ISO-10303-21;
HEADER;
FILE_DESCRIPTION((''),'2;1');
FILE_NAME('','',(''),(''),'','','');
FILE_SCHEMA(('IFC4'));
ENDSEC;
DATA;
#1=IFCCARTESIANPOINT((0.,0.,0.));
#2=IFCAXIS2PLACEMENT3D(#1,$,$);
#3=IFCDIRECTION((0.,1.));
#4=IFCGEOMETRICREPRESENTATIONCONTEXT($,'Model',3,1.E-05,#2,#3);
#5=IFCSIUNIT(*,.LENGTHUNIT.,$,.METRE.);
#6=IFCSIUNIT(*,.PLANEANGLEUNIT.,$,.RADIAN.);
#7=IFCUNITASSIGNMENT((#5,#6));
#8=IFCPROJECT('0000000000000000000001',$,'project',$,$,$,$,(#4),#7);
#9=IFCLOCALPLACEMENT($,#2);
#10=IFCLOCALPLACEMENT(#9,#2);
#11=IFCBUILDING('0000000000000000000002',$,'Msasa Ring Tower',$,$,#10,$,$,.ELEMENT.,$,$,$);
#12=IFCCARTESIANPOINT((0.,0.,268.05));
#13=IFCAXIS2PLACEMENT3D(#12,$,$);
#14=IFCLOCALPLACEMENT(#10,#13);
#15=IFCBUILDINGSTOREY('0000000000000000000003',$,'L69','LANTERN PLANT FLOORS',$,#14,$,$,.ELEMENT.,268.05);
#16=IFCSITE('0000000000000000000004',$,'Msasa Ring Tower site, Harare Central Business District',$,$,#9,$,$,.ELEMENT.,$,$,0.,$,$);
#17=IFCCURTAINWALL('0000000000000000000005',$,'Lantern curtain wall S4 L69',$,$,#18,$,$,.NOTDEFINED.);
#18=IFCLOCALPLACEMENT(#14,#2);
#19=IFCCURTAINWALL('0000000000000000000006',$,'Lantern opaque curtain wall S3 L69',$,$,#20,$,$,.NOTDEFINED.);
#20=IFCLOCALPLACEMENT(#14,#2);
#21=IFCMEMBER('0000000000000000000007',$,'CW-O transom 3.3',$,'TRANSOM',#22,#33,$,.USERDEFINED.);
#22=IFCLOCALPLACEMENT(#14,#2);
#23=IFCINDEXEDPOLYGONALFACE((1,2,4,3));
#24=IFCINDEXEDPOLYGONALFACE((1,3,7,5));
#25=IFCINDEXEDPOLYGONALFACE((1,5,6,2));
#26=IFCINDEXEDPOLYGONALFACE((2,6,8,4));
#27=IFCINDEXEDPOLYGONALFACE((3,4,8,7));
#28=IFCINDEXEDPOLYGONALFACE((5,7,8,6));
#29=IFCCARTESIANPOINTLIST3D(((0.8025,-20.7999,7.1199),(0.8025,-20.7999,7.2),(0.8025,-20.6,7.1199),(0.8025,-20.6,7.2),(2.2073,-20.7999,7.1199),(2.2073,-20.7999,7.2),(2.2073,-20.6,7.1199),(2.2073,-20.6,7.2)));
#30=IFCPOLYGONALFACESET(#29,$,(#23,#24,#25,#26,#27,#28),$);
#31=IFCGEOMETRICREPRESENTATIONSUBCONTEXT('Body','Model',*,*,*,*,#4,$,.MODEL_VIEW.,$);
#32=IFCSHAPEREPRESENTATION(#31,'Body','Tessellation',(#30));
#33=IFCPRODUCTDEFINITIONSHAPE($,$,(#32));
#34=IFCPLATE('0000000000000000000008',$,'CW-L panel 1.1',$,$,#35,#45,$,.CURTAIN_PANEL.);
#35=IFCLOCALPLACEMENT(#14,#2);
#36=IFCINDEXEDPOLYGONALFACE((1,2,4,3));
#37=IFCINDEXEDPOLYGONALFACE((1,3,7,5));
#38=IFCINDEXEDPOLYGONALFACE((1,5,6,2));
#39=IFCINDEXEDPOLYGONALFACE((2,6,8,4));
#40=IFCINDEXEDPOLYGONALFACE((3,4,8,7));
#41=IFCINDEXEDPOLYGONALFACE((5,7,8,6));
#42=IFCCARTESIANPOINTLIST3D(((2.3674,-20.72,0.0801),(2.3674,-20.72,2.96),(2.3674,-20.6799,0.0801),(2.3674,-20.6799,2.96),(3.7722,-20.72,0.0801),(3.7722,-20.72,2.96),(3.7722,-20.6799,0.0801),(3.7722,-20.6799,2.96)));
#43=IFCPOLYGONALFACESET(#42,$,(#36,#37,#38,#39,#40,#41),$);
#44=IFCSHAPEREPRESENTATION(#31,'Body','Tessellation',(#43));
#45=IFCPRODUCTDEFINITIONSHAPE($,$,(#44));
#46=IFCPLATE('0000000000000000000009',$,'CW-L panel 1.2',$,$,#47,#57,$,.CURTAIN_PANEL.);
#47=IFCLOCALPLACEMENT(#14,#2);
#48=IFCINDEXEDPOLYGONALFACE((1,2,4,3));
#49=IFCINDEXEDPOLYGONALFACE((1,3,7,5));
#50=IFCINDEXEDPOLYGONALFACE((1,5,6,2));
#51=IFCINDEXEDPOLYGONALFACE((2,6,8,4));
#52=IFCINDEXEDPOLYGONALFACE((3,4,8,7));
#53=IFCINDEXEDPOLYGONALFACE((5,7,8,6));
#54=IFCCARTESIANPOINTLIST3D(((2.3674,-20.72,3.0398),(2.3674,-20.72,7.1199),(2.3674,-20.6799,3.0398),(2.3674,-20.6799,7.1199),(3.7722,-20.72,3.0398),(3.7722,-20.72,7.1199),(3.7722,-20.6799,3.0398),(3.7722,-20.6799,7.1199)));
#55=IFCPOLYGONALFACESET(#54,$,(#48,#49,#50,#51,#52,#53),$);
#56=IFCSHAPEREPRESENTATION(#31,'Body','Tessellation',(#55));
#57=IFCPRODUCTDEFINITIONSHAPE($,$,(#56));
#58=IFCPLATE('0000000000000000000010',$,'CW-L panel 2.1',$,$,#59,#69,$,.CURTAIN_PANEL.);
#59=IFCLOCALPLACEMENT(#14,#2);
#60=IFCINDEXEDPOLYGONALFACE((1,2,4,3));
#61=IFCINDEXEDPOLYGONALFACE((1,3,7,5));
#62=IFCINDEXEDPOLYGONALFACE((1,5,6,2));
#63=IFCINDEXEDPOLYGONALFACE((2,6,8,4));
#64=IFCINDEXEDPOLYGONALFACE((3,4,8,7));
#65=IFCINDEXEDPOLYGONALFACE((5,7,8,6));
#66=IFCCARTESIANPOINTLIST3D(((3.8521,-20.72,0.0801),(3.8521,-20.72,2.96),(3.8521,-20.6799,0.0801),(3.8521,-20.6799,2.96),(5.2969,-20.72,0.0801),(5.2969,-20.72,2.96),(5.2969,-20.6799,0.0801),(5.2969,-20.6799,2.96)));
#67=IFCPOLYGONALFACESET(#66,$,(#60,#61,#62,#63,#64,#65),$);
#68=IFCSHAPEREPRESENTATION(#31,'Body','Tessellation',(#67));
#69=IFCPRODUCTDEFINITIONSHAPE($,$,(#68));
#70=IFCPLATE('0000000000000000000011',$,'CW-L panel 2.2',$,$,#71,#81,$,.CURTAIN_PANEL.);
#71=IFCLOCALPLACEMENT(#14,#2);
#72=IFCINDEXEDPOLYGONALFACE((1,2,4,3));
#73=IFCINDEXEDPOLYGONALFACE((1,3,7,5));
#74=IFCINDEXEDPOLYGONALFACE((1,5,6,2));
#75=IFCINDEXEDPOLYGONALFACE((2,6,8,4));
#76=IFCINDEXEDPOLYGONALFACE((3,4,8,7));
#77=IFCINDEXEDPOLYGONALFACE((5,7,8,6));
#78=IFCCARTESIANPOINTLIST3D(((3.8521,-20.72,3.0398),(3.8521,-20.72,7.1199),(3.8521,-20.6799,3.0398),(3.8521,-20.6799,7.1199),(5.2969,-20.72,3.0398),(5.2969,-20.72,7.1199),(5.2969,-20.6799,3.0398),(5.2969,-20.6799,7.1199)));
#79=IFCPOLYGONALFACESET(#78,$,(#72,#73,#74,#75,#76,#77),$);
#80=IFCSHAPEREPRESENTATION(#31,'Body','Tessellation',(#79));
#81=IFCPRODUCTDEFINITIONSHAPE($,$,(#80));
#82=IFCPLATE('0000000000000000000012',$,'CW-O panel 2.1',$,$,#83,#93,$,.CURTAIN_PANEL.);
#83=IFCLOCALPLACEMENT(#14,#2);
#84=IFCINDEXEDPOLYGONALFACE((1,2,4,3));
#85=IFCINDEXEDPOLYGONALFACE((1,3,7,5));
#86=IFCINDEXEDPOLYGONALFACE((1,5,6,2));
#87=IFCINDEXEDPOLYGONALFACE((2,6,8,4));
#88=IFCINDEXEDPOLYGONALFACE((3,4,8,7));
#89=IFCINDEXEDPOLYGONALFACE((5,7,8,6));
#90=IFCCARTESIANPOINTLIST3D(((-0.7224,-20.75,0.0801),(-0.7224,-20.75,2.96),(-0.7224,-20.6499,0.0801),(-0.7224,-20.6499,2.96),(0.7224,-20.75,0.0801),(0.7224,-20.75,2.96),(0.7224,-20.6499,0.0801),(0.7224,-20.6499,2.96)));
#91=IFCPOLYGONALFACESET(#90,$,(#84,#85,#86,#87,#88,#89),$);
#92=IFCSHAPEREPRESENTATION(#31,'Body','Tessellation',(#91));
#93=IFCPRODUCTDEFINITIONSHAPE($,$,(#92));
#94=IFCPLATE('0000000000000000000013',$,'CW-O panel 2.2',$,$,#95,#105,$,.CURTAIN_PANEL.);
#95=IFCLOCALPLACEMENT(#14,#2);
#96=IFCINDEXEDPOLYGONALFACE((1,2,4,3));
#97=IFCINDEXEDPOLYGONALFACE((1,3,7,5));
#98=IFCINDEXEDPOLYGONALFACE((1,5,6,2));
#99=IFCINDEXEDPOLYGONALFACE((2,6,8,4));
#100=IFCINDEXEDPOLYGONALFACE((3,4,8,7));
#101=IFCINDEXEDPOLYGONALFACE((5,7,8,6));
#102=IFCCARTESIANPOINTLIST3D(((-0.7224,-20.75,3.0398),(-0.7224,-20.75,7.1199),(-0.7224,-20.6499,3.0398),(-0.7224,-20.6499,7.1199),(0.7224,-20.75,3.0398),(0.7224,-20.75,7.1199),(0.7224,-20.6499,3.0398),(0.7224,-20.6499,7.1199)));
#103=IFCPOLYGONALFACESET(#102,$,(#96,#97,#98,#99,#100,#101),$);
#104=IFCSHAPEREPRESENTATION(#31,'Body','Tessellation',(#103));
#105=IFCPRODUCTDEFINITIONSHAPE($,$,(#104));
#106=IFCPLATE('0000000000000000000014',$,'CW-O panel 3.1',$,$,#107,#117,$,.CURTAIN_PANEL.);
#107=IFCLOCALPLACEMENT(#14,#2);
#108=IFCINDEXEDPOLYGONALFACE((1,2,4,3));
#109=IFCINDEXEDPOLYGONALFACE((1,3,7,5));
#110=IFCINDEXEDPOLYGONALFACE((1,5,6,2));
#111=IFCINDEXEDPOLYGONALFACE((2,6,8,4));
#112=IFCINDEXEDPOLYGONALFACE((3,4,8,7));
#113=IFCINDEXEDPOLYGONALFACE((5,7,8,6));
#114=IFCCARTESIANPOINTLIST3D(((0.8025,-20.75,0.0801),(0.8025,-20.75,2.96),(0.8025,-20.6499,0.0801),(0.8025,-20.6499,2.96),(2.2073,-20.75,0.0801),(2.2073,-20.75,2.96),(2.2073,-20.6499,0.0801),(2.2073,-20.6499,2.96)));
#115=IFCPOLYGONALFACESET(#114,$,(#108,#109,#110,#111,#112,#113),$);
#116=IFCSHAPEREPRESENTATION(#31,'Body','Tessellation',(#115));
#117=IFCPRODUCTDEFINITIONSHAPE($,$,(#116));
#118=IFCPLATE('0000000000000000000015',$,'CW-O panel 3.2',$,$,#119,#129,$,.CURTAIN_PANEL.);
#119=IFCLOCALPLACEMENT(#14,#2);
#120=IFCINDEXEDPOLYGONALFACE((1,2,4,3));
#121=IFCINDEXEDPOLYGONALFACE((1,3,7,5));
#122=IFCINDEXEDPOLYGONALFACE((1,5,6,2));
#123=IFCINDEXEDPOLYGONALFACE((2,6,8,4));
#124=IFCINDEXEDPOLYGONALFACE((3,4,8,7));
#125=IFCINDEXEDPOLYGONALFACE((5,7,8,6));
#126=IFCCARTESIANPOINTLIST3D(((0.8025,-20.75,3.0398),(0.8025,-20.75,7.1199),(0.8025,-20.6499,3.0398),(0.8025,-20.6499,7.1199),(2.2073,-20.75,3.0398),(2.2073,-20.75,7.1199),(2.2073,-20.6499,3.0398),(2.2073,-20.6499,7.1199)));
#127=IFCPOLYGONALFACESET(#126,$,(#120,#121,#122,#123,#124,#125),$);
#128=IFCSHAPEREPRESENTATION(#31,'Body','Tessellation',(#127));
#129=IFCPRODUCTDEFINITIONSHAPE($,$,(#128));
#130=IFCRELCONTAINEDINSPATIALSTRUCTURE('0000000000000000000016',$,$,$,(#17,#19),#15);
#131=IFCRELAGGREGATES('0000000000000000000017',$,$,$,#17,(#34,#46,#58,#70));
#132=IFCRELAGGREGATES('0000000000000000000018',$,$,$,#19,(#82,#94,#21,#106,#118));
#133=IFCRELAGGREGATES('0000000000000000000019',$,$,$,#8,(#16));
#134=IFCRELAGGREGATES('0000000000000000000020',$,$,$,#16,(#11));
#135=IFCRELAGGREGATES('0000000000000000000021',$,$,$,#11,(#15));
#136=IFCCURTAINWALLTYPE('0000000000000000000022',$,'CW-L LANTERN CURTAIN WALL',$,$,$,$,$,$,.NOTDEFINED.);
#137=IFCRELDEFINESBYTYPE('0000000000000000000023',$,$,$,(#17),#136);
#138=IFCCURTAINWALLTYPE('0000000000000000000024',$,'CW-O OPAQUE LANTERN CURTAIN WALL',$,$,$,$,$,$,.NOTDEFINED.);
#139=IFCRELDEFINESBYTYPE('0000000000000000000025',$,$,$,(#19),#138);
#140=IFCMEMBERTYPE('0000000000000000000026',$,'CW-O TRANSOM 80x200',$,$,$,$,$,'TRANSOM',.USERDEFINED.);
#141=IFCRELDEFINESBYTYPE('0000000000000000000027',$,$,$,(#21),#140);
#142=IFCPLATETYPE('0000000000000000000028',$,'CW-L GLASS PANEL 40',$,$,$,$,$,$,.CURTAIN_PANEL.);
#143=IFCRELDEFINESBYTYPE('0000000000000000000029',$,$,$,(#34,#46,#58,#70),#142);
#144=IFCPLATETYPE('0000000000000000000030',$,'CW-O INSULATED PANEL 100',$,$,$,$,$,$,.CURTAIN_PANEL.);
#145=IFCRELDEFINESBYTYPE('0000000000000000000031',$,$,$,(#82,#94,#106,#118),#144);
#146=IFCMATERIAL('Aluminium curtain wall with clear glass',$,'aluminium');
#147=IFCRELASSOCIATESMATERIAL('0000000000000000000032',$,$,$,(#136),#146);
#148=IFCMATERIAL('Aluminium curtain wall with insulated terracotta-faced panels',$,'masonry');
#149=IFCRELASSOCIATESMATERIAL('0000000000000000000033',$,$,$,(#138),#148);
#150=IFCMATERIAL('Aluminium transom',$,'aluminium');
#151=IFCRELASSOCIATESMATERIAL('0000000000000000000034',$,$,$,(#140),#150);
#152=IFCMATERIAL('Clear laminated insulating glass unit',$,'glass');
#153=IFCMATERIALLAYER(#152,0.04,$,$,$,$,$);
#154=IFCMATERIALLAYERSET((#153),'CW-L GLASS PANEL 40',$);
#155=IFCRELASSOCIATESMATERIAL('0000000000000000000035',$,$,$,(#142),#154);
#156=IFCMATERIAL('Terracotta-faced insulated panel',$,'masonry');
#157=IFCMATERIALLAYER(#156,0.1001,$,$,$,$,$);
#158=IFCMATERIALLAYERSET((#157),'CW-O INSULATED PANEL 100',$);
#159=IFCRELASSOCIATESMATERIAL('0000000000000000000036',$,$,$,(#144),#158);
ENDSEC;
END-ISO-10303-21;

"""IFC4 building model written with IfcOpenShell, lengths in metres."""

from ifc_helpers import new_model, si_unit, direction, frame, origin, origin_2d, place, context, subcontext, project, spatial, rectangle, extrude, material, layer, layer_set, material_profile, profile_set, type_object, element, aggregate, save


model = new_model("IFC4")

# Units and contexts
model_context = context("Model", 3, precision=1e-05, world=origin(), true_north=direction((0.0, 1.0)))
body_context = subcontext(model_context, "Body", "Model", "MODEL_VIEW")
ifc_project = project(units=[si_unit("LENGTHUNIT", "METRE"), si_unit("PLANEANGLEUNIT", "RADIAN")], contexts=[model_context])

# Site, building, storey
site_placement = place(None, origin())
site = spatial("IfcSite", under=ifc_project, at=site_placement, Name="Msasa Ring Tower site, Harare Central Business District", CompositionType="ELEMENT", RefElevation=0.0)
building_placement = place(site_placement, origin())
building = spatial("IfcBuilding", under=site, at=building_placement, Name="Msasa Ring Tower", CompositionType="ELEMENT")
storey_placement = place(building_placement, frame((0.0, 0.0, 268.05)))
storey = spatial("IfcBuildingStorey", under=building, at=storey_placement, Name="L69", Description="LANTERN PLANT FLOORS", CompositionType="ELEMENT", Elevation=268.05)

# Curtain walls, member
ifc_material_1 = material(Name="Aluminium curtain wall with clear glass", Category="aluminium")
curtain_wall_type_1 = type_object("IfcCurtainWallType", Name="CW-L LANTERN CURTAIN WALL", PredefinedType="NOTDEFINED", material=ifc_material_1)
curtain_wall_1_placement = place(storey_placement, origin())
curtain_wall_1 = element("IfcCurtainWall", 1, at=curtain_wall_1_placement, inside=storey, type_object=curtain_wall_type_1, Name="Lantern curtain wall S4 L69", PredefinedType="NOTDEFINED")
ifc_material_2 = material(Name="Aluminium curtain wall with insulated terracotta-faced panels", Category="masonry")
curtain_wall_type_2 = type_object("IfcCurtainWallType", Name="CW-O OPAQUE LANTERN CURTAIN WALL", PredefinedType="NOTDEFINED", material=ifc_material_2)
curtain_wall_2_placement = place(storey_placement, origin())
curtain_wall_2 = element("IfcCurtainWall", 2, at=curtain_wall_2_placement, inside=storey, type_object=curtain_wall_type_2, Name="Lantern opaque curtain wall S3 L69", PredefinedType="NOTDEFINED")
ifc_material_3 = material(Name="Aluminium transom", Category="aluminium")
ifc_material_profile_1 = material_profile(ifc_material_3, rectangle(XDim=0.2, YDim=0.0801, at=origin_2d()), Name="AL 80x200")
ifc_profile_set_1 = profile_set([ifc_material_profile_1], Name="Aluminium transom")
member_type_1 = type_object("IfcMemberType", Name="CW-O TRANSOM 80x200", ElementType="TRANSOM", PredefinedType="USERDEFINED", material=ifc_profile_set_1)
member_1_placement = place(storey_placement, frame((0.8025, -20.7, 7.1599), z_axis=(1.0, 0.0, 0.0), x_axis=(0.0, 1.0, 0.0)))
member_1 = element("IfcMember", 3, at=member_1_placement, type_object=member_type_1, Name="CW-O transom 3.3", ObjectType="TRANSOM", PredefinedType="USERDEFINED", context=body_context, shape_type="SweptSolid", body=[
    extrude(rectangle(XDim=0.2, YDim=0.0801, at=origin_2d()), origin(), (0.0, 0.0, 1.0), 1.4048),
])

# Plates
ifc_material_4 = material(Name="Clear laminated insulating glass unit", Category="glass")
ifc_layer_1 = layer(ifc_material_4, 0.04)
ifc_layer_set_1 = layer_set([ifc_layer_1], Name="CW-L GLASS PANEL 40")
plate_type_1 = type_object("IfcPlateType", Name="CW-L GLASS PANEL 40", PredefinedType="CURTAIN_PANEL", material=ifc_layer_set_1)
plate_1_placement = place(storey_placement, frame((3.0698, -20.7, 0.0801), z_axis=(0.0, 0.0, 1.0), x_axis=(1.0, 0.0, 0.0)))
plate_1 = element("IfcPlate", 4, at=plate_1_placement, type_object=plate_type_1, Name="CW-L panel 1.1", PredefinedType="CURTAIN_PANEL", context=body_context, shape_type="SweptSolid", body=[
    extrude(rectangle(XDim=1.4048, YDim=0.04, at=origin_2d()), origin(), (0.0, 0.0, 1.0), 2.8799),
])
plate_2_placement = place(storey_placement, frame((3.0698, -20.7, 3.0398), z_axis=(0.0, 0.0, 1.0), x_axis=(1.0, 0.0, 0.0)))
plate_2 = element("IfcPlate", 5, at=plate_2_placement, type_object=plate_type_1, Name="CW-L panel 1.2", PredefinedType="CURTAIN_PANEL", context=body_context, shape_type="SweptSolid", body=[
    extrude(rectangle(XDim=1.4048, YDim=0.04, at=origin_2d()), origin(), (0.0, 0.0, 1.0), 4.0801),
])
plate_3_placement = place(storey_placement, frame((4.5745, -20.7, 0.0801), z_axis=(0.0, 0.0, 1.0), x_axis=(1.0, 0.0, 0.0)))
plate_3 = element("IfcPlate", 6, at=plate_3_placement, type_object=plate_type_1, Name="CW-L panel 2.1", PredefinedType="CURTAIN_PANEL", context=body_context, shape_type="SweptSolid", body=[
    extrude(rectangle(XDim=1.4448, YDim=0.04, at=origin_2d()), origin(), (0.0, 0.0, 1.0), 2.8799),
])
plate_4_placement = place(storey_placement, frame((4.5745, -20.7, 3.0398), z_axis=(0.0, 0.0, 1.0), x_axis=(1.0, 0.0, 0.0)))
plate_4 = element("IfcPlate", 7, at=plate_4_placement, type_object=plate_type_1, Name="CW-L panel 2.2", PredefinedType="CURTAIN_PANEL", context=body_context, shape_type="SweptSolid", body=[
    extrude(rectangle(XDim=1.4448, YDim=0.04, at=origin_2d()), origin(), (0.0, 0.0, 1.0), 4.0801),
])
aggregate(curtain_wall_1, [plate_1, plate_2, plate_3, plate_4])
ifc_material_5 = material(Name="Terracotta-faced insulated panel", Category="masonry")
ifc_layer_2 = layer(ifc_material_5, 0.1001)
ifc_layer_set_2 = layer_set([ifc_layer_2], Name="CW-O INSULATED PANEL 100")
plate_type_2 = type_object("IfcPlateType", Name="CW-O INSULATED PANEL 100", PredefinedType="CURTAIN_PANEL", material=ifc_layer_set_2)
plate_5_placement = place(storey_placement, frame((0.0, -20.7, 0.0801), z_axis=(0.0, 0.0, 1.0), x_axis=(1.0, 0.0, 0.0)))
plate_5 = element("IfcPlate", 8, at=plate_5_placement, type_object=plate_type_2, Name="CW-O panel 2.1", PredefinedType="CURTAIN_PANEL", context=body_context, shape_type="SweptSolid", body=[
    extrude(rectangle(XDim=1.4448, YDim=0.1001, at=origin_2d()), origin(), (0.0, 0.0, 1.0), 2.8799),
])
plate_6_placement = place(storey_placement, frame((0.0, -20.7, 3.0398), z_axis=(0.0, 0.0, 1.0), x_axis=(1.0, 0.0, 0.0)))
plate_6 = element("IfcPlate", 9, at=plate_6_placement, type_object=plate_type_2, Name="CW-O panel 2.2", PredefinedType="CURTAIN_PANEL", context=body_context, shape_type="SweptSolid", body=[
    extrude(rectangle(XDim=1.4448, YDim=0.1001, at=origin_2d()), origin(), (0.0, 0.0, 1.0), 4.0801),
])
plate_7_placement = place(storey_placement, frame((1.5049, -20.7, 0.0801), z_axis=(0.0, 0.0, 1.0), x_axis=(1.0, 0.0, 0.0)))
plate_7 = element("IfcPlate", 10, at=plate_7_placement, type_object=plate_type_2, Name="CW-O panel 3.1", PredefinedType="CURTAIN_PANEL", context=body_context, shape_type="SweptSolid", body=[
    extrude(rectangle(XDim=1.4048, YDim=0.1001, at=origin_2d()), origin(), (0.0, 0.0, 1.0), 2.8799),
])
plate_8_placement = place(storey_placement, frame((1.5049, -20.7, 3.0398), z_axis=(0.0, 0.0, 1.0), x_axis=(1.0, 0.0, 0.0)))
plate_8 = element("IfcPlate", 11, at=plate_8_placement, type_object=plate_type_2, Name="CW-O panel 3.2", PredefinedType="CURTAIN_PANEL", context=body_context, shape_type="SweptSolid", body=[
    extrude(rectangle(XDim=1.4048, YDim=0.1001, at=origin_2d()), origin(), (0.0, 0.0, 1.0), 4.0801),
])
aggregate(curtain_wall_2, [plate_5, plate_6, member_1, plate_7, plate_8])

save(model, "model.ifc")
